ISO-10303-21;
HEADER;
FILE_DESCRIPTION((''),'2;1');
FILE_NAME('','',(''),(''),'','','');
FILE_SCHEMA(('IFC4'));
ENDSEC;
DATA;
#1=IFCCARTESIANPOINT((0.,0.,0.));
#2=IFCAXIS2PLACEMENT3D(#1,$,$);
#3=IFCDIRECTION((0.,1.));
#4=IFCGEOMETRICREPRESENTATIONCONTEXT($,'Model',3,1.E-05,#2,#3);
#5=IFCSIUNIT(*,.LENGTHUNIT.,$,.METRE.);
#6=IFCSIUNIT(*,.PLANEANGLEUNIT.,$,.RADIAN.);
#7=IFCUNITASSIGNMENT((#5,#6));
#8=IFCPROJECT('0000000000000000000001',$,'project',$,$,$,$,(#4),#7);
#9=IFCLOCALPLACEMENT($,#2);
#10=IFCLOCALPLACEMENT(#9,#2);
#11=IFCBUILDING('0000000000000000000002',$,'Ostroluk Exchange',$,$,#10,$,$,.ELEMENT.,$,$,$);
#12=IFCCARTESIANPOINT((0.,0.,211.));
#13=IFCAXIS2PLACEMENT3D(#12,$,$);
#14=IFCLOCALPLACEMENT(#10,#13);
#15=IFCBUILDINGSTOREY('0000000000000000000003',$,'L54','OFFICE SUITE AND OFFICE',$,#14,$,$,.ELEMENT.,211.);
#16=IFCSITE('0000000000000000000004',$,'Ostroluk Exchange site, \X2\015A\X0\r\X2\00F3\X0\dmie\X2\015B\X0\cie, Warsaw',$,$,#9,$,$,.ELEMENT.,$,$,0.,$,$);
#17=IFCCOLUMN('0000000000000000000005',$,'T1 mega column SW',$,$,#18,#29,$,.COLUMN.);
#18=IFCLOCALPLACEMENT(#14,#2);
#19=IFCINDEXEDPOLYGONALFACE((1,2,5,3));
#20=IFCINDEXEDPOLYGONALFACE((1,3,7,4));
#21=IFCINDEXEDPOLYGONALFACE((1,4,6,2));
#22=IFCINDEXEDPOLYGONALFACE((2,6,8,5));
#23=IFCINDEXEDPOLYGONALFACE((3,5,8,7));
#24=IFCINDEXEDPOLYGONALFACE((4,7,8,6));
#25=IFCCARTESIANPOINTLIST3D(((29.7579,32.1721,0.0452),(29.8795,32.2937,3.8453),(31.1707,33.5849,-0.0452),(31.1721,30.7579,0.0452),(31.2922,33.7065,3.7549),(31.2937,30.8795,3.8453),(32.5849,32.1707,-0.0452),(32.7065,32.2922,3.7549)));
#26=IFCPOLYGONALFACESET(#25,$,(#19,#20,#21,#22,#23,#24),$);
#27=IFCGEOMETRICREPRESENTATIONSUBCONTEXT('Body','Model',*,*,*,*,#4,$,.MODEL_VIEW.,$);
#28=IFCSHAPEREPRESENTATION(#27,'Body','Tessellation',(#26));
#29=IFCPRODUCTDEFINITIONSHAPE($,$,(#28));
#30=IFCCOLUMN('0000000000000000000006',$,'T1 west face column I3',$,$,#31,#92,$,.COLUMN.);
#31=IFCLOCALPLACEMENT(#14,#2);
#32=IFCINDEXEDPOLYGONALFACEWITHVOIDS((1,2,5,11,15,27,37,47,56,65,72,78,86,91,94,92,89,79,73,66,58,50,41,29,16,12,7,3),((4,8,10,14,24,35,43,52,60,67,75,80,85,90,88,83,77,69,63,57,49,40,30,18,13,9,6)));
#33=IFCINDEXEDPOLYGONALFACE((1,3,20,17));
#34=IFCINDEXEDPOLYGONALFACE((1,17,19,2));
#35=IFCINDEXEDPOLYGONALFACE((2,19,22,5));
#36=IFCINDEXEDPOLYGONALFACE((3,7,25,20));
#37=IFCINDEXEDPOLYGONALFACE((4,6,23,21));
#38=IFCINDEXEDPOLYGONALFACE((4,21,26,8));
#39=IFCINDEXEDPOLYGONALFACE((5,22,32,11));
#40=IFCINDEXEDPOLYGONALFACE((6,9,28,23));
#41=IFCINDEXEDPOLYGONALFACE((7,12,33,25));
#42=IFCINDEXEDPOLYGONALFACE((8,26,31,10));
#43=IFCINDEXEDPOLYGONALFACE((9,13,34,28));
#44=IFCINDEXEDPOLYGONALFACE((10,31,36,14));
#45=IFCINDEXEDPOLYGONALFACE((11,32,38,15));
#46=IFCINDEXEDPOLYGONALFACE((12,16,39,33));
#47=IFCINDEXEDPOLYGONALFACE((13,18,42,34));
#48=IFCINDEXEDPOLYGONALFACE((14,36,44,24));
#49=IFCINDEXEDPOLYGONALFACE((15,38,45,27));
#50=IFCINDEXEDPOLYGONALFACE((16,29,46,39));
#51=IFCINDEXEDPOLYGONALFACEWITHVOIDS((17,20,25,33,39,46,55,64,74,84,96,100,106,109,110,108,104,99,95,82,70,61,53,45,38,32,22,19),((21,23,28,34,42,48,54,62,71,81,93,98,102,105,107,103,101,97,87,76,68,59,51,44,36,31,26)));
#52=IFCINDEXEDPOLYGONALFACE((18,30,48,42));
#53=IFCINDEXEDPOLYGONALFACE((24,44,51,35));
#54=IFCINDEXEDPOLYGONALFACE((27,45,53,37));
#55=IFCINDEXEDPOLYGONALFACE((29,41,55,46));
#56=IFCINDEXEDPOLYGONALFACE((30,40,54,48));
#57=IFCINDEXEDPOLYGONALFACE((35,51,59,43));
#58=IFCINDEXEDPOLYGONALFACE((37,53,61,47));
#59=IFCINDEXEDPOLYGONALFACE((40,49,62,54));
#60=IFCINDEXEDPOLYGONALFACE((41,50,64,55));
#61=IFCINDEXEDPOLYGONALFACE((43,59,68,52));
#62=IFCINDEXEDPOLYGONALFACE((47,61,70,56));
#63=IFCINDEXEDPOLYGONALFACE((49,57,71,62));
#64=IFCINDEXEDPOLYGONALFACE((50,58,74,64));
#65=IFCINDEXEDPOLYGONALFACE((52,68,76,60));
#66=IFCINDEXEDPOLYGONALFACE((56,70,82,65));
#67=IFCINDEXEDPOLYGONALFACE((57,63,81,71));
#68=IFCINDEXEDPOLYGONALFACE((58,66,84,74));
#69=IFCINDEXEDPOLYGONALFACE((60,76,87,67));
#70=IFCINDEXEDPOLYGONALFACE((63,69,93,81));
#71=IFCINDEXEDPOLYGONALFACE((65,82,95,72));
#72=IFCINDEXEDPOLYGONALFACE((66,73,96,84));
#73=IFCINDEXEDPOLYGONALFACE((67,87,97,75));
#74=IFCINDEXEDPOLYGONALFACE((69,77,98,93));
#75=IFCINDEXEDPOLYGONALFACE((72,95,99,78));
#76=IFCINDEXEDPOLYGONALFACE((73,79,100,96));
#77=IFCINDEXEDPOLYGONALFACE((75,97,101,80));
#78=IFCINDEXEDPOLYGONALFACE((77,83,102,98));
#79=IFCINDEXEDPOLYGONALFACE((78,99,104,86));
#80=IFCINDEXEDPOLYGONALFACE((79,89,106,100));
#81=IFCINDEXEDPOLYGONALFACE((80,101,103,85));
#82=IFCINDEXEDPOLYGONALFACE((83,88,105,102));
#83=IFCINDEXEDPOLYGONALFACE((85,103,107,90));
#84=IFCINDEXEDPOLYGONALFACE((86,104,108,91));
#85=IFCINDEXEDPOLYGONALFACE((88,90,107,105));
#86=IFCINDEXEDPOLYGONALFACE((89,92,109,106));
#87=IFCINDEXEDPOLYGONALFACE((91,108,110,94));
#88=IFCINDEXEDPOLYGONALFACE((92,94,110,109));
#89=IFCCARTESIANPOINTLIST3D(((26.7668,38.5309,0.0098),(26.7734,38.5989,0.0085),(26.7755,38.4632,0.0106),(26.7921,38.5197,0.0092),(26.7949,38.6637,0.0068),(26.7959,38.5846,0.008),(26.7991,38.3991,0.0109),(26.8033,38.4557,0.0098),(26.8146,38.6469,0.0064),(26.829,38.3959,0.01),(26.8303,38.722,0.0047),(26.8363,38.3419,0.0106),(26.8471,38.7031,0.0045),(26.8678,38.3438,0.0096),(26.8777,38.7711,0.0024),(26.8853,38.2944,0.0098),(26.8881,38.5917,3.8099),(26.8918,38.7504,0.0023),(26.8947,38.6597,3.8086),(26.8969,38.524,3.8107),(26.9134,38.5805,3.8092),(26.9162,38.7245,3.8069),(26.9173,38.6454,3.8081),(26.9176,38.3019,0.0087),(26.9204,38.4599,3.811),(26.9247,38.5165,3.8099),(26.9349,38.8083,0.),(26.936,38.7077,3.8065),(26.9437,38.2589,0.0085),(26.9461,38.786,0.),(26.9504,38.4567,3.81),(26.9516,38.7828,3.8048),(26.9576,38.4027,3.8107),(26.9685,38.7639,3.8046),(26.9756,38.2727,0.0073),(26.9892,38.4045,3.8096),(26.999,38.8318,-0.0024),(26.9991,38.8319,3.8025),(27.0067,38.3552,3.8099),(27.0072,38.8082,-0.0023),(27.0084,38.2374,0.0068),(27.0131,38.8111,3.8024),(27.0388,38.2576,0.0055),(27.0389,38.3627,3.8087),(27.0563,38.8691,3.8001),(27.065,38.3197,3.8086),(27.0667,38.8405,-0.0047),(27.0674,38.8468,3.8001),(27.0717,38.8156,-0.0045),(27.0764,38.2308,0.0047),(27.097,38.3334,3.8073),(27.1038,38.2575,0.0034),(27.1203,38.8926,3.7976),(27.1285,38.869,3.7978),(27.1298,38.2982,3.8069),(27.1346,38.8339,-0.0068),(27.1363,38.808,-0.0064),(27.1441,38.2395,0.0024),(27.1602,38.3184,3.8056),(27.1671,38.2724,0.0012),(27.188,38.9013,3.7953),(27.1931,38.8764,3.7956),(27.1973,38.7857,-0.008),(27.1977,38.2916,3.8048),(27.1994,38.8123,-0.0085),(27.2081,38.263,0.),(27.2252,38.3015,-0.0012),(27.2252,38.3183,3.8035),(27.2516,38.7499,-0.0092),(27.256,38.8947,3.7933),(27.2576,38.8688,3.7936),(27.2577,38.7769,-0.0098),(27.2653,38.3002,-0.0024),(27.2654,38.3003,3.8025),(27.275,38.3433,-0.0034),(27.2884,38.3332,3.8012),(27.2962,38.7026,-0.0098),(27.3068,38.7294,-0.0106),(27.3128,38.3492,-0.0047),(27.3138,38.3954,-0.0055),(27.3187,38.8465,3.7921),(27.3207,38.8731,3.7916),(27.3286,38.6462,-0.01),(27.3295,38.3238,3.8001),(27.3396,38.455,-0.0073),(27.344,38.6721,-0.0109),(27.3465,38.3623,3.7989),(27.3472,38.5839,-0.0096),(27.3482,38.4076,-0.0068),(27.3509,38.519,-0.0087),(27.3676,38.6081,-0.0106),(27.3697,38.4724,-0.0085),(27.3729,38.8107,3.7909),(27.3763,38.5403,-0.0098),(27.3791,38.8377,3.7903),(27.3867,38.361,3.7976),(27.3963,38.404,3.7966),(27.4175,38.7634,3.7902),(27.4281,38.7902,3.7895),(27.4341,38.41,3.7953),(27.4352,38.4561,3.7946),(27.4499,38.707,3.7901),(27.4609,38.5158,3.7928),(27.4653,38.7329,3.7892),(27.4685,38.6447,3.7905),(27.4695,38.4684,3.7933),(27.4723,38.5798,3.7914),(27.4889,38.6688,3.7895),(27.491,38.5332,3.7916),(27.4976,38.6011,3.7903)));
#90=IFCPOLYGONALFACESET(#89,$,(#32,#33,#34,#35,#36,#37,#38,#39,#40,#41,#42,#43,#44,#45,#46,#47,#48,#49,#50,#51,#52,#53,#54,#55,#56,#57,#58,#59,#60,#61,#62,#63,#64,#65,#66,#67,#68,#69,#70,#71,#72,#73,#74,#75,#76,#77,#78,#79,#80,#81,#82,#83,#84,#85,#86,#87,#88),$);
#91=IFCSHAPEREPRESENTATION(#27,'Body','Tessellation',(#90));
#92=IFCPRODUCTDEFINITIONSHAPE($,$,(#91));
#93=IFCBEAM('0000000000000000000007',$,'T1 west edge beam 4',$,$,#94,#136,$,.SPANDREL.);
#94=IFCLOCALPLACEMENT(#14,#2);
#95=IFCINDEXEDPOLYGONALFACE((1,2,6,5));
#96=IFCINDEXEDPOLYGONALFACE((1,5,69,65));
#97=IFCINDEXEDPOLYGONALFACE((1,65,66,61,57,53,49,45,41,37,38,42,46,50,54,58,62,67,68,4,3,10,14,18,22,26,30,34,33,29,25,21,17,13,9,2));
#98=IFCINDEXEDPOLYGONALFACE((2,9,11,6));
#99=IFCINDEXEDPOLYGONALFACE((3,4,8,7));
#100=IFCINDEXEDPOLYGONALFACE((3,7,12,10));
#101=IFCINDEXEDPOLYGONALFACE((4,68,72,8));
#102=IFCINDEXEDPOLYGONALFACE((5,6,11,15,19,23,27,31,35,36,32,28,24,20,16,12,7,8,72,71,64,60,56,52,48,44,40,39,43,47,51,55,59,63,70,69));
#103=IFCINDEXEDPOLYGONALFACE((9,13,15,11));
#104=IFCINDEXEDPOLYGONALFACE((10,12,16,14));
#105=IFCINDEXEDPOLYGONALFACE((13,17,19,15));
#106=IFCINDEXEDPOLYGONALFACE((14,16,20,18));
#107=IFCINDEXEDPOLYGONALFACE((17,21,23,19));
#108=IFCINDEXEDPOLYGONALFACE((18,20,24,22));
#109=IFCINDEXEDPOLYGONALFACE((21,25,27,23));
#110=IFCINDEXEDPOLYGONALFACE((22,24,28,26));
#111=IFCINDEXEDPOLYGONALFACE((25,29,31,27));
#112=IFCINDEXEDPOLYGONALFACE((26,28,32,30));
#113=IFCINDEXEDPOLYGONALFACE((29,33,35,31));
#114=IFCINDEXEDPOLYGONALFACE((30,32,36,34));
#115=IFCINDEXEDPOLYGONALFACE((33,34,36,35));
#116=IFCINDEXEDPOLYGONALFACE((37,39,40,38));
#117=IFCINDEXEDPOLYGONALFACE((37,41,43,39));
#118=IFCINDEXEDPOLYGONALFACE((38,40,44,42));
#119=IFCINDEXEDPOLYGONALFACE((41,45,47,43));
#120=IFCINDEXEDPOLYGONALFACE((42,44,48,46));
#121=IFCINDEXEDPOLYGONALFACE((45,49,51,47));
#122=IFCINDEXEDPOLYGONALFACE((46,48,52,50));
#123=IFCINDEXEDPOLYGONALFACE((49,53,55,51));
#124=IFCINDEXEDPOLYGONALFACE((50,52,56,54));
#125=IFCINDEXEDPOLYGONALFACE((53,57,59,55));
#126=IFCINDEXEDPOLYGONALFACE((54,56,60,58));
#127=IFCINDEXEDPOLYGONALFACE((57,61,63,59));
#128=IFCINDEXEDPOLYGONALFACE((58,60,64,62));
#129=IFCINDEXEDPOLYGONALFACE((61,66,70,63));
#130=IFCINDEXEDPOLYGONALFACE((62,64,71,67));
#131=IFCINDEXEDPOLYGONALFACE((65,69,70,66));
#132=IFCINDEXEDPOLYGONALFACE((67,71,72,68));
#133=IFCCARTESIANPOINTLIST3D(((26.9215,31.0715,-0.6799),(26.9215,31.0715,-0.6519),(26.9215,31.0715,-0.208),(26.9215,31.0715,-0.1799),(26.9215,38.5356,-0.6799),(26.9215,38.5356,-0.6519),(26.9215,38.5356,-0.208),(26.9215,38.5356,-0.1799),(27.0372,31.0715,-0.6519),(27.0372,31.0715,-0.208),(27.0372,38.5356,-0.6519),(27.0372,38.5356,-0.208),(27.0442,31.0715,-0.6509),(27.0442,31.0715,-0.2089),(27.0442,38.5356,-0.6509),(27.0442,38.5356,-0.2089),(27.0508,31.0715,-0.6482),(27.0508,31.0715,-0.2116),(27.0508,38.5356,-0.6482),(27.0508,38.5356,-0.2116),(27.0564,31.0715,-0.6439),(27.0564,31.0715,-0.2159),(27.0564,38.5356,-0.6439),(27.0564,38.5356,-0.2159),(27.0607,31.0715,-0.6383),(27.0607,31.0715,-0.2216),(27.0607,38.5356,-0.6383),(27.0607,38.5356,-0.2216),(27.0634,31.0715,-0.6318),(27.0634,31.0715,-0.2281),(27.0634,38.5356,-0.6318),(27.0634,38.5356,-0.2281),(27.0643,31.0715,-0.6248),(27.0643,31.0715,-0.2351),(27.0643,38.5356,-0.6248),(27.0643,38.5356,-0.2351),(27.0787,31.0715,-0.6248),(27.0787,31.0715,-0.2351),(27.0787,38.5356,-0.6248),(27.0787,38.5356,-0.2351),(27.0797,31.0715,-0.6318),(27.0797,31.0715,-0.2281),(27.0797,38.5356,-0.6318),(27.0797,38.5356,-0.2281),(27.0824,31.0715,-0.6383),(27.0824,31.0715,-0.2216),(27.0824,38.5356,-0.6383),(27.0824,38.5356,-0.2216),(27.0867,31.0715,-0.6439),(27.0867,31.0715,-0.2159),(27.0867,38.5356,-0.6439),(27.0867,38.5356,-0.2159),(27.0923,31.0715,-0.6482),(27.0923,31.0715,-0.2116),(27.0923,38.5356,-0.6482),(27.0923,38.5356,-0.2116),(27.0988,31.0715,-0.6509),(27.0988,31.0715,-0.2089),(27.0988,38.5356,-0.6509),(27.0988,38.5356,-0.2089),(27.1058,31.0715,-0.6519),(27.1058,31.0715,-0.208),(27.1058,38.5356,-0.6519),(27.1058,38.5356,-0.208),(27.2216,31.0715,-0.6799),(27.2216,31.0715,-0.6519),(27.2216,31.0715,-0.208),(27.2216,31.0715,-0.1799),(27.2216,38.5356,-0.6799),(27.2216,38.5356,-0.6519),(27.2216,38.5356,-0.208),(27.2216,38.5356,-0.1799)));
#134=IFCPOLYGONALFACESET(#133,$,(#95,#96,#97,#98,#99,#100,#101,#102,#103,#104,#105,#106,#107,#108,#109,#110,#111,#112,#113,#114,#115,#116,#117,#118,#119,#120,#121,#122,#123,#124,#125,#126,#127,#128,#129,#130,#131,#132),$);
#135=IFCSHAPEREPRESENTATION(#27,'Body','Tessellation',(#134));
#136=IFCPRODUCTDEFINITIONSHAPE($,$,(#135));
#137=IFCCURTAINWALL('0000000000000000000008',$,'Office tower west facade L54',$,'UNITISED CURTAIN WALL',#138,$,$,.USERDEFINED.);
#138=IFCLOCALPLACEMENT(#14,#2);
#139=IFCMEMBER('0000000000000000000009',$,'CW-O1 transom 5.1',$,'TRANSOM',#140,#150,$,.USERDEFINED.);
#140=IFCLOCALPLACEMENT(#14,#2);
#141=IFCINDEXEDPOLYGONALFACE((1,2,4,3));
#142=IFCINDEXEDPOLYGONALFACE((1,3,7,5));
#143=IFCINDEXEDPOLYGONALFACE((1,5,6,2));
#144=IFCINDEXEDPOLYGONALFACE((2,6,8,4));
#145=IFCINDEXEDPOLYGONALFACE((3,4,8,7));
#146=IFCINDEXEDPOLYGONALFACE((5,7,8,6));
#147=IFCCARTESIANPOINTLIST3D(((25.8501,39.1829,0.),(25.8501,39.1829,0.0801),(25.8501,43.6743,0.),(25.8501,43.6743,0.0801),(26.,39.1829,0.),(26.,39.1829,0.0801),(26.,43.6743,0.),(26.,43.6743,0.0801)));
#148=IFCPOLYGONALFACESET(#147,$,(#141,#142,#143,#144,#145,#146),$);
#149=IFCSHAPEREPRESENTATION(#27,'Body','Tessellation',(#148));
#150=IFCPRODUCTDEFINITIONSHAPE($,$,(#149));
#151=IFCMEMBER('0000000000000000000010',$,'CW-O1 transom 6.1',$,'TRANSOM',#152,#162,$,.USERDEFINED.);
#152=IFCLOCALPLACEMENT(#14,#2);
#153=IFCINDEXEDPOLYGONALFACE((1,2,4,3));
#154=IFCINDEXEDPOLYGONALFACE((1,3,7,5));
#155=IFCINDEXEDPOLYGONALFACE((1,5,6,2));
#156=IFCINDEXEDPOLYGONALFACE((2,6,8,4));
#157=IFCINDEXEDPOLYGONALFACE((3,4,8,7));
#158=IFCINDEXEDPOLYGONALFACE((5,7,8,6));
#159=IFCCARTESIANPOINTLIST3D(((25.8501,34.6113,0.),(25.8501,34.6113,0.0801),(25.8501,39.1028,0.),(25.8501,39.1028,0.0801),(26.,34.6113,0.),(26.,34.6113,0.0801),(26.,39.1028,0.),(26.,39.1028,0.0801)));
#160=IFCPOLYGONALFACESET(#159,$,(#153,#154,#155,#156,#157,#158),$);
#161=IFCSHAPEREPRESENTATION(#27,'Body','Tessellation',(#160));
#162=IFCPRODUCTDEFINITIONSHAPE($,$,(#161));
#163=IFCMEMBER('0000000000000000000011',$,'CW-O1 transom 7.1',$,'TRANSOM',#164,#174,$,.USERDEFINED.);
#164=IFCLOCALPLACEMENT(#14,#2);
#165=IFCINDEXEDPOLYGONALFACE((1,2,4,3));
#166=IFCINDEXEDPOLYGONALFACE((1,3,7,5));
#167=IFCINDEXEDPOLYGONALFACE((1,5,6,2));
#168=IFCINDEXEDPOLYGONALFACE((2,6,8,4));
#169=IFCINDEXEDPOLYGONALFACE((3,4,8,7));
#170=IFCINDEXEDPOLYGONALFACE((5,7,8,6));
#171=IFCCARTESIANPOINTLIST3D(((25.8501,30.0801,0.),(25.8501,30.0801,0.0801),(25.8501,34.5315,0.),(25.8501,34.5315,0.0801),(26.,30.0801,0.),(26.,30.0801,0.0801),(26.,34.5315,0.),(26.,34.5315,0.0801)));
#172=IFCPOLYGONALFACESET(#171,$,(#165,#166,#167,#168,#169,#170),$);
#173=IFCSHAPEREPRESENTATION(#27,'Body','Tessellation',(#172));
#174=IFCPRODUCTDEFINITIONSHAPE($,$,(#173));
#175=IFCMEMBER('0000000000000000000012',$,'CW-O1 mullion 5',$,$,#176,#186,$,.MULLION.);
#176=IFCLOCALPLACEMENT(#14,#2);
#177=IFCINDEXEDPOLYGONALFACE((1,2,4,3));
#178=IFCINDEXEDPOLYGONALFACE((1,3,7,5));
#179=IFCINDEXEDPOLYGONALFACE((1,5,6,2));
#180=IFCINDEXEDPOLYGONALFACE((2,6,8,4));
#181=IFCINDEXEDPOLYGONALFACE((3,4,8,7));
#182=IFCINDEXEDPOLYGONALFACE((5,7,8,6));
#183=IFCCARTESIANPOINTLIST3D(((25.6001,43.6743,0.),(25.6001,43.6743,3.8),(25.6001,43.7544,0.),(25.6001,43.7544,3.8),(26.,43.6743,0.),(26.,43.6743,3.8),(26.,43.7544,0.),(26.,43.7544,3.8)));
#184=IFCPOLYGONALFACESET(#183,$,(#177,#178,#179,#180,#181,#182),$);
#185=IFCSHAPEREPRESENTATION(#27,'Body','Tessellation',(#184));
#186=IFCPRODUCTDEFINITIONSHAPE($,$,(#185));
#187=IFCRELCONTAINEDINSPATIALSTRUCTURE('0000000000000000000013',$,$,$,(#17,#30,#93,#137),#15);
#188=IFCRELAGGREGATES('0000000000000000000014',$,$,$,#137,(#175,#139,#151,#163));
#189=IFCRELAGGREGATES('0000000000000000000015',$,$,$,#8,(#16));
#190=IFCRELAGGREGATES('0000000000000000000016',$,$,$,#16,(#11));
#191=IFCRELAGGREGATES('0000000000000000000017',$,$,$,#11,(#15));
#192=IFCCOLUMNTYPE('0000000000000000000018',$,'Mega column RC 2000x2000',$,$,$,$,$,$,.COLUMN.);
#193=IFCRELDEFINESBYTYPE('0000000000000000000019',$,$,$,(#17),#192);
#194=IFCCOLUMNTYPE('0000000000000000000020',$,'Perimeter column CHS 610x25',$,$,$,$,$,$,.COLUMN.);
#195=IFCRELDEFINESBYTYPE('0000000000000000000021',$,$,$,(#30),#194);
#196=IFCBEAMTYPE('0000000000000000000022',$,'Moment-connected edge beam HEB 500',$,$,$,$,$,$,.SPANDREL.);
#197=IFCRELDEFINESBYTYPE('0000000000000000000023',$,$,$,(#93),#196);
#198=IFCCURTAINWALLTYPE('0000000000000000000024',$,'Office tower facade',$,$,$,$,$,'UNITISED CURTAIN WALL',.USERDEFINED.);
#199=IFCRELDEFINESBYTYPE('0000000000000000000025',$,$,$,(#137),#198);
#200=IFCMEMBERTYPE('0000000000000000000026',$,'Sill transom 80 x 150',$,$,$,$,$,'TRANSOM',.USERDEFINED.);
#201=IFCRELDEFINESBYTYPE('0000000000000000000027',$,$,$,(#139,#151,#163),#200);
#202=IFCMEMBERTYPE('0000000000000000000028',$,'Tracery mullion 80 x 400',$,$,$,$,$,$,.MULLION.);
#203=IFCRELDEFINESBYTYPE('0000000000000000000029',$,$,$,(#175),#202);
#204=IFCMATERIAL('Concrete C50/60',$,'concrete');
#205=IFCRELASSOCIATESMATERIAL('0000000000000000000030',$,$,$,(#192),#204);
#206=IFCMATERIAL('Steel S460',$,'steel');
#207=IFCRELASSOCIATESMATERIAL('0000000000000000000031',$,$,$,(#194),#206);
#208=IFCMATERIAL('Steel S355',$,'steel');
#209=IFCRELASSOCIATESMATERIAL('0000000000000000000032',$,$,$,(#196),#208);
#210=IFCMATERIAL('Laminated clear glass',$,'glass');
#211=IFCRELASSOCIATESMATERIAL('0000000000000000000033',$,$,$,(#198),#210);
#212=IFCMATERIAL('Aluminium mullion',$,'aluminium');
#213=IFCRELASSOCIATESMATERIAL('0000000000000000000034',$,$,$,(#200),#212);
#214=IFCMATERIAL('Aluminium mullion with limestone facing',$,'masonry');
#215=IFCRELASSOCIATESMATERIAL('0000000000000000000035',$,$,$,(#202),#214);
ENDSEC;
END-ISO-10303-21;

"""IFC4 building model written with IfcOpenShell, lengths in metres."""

from ifc_helpers import new_model, si_unit, direction, frame, origin, origin_2d, place, context, subcontext, project, spatial, rectangle, hollow_circle, i_section, extrude, material, material_profile, profile_set, type_object, element, aggregate, save


model = new_model("IFC4")

# Units and contexts
model_context = context("Model", 3, precision=1e-05, world=origin(), true_north=direction((0.0, 1.0)))
body_context = subcontext(model_context, "Body", "Model", "MODEL_VIEW")
ifc_project = project(units=[si_unit("LENGTHUNIT", "METRE"), si_unit("PLANEANGLEUNIT", "RADIAN")], contexts=[model_context])

# Site, building, storey
site_placement = place(None, origin())
site = spatial("IfcSite", under=ifc_project, at=site_placement, Name="Ostroluk Exchange site, Śródmieście, Warsaw", CompositionType="ELEMENT", RefElevation=0.0)
building_placement = place(site_placement, origin())
building = spatial("IfcBuilding", under=site, at=building_placement, Name="Ostroluk Exchange", CompositionType="ELEMENT")
storey_placement = place(building_placement, frame((0.0, 0.0, 211.0)))
storey = spatial("IfcBuildingStorey", under=building, at=storey_placement, Name="L54", Description="OFFICE SUITE AND OFFICE", CompositionType="ELEMENT", Elevation=211.0)

# Columns
ifc_material_1 = material(Name="Concrete C50/60", Category="concrete")
ifc_material_profile_1 = material_profile(ifc_material_1, rectangle(XDim=2.0, YDim=2.0, at=origin_2d()), Name="RC 2000x2000")
ifc_profile_set_1 = profile_set([ifc_material_profile_1], Name="Concrete C50/60")
column_type_1 = type_object("IfcColumnType", Name="Mega column RC 2000x2000", PredefinedType="COLUMN", material=ifc_profile_set_1)
column_1_placement = place(storey_placement, frame((31.1714, 32.1714, 0.0), z_axis=(0.031962, 0.031962, 0.998978), x_axis=(-0.707107, 0.707107, 0.0)))
element("IfcColumn", 1, at=column_1_placement, inside=storey, type_object=column_type_1, Name="T1 mega column SW", PredefinedType="COLUMN", context=body_context, shape_type="SweptSolid", body=[
    extrude(rectangle(XDim=2.0, YDim=2.0, at=origin_2d()), origin(), (0.0, 0.0, 1.0), 3.804),
])
ifc_material_2 = material(Name="Steel S460", Category="steel")
ifc_material_profile_2 = material_profile(ifc_material_2, hollow_circle(Radius=0.3049, WallThickness=0.0249, at=origin_2d()), Name="CHS 610x25")
ifc_profile_set_2 = profile_set([ifc_material_profile_2], Name="Steel S460")
column_type_2 = type_object("IfcColumnType", Name="Perimeter column CHS 610x25", PredefinedType="COLUMN", material=ifc_profile_set_2)
column_2_placement = place(storey_placement, frame((27.0715, 38.5356, 0.0), z_axis=(0.03191, 0.015987, 0.999363), x_axis=(-0.447933, 0.894067, 0.0)))
element("IfcColumn", 2, at=column_2_placement, inside=storey, type_object=column_type_2, Name="T1 west face column I3", PredefinedType="COLUMN", context=body_context, shape_type="SweptSolid", body=[
    extrude(hollow_circle(Radius=0.3049, WallThickness=0.0249, at=origin_2d()), origin(), (0.0, 0.0, 1.0), 3.8025),
])

# Beam
ifc_material_3 = material(Name="Steel S355", Category="steel")
ifc_material_profile_3 = material_profile(ifc_material_3, i_section(OverallWidth=0.3, OverallDepth=0.5, WebThickness=0.0144, FlangeThickness=0.0281, FilletRadius=0.0271, at=origin_2d()), Name="HEB 500")
ifc_profile_set_3 = profile_set([ifc_material_profile_3], Name="Steel S355")
beam_type = type_object("IfcBeamType", Name="Moment-connected edge beam HEB 500", PredefinedType="SPANDREL", material=ifc_profile_set_3)
beam_placement = place(storey_placement, frame((27.0715, 38.5356, -0.4299), z_axis=(0.0, -1.0, 0.0), x_axis=(1.0, 0.0, 0.0)))
element("IfcBeam", 3, at=beam_placement, inside=storey, type_object=beam_type, Name="T1 west edge beam 4", PredefinedType="SPANDREL", context=body_context, shape_type="SweptSolid", body=[
    extrude(i_section(OverallWidth=0.3, OverallDepth=0.5, WebThickness=0.0144, FlangeThickness=0.0281, FilletRadius=0.0271, at=origin_2d()), origin(), (0.0, 0.0, 1.0), 7.4641),
])

# Curtain wall, members
ifc_material_4 = material(Name="Laminated clear glass", Category="glass")
curtain_wall_type = type_object("IfcCurtainWallType", Name="Office tower facade", ElementType="UNITISED CURTAIN WALL", PredefinedType="USERDEFINED", material=ifc_material_4)
curtain_wall_placement = place(storey_placement, origin())
curtain_wall = element("IfcCurtainWall", 4, at=curtain_wall_placement, inside=storey, type_object=curtain_wall_type, Name="Office tower west facade L54", ObjectType="UNITISED CURTAIN WALL", PredefinedType="USERDEFINED")
ifc_material_5 = material(Name="Aluminium mullion", Category="aluminium")
ifc_material_profile_4 = material_profile(ifc_material_5, rectangle(XDim=0.1499, YDim=0.0801, at=origin_2d()), Name="Sill transom 80 x 150")
ifc_profile_set_4 = profile_set([ifc_material_profile_4], Name="Aluminium mullion")
member_type_1 = type_object("IfcMemberType", Name="Sill transom 80 x 150", ElementType="TRANSOM", PredefinedType="USERDEFINED", material=ifc_profile_set_4)
member_1_placement = place(storey_placement, frame((25.925, 43.6743, 0.04), z_axis=(0.0, -1.0, 0.0), x_axis=(1.0, 0.0, 0.0)))
member_1 = element("IfcMember", 5, at=member_1_placement, type_object=member_type_1, Name="CW-O1 transom 5.1", ObjectType="TRANSOM", PredefinedType="USERDEFINED", context=body_context, shape_type="SweptSolid", body=[
    extrude(rectangle(XDim=0.1499, YDim=0.0801, at=origin_2d()), origin(), (0.0, 0.0, 1.0), 4.4915),
])
member_2_placement = place(storey_placement, frame((25.925, 39.1028, 0.04), z_axis=(0.0, -1.0, 0.0), x_axis=(1.0, 0.0, 0.0)))
member_2 = element("IfcMember", 6, at=member_2_placement, type_object=member_type_1, Name="CW-O1 transom 6.1", ObjectType="TRANSOM", PredefinedType="USERDEFINED", context=body_context, shape_type="SweptSolid", body=[
    extrude(rectangle(XDim=0.1499, YDim=0.0801, at=origin_2d()), origin(), (0.0, 0.0, 1.0), 4.4915),
])
member_3_placement = place(storey_placement, frame((25.925, 34.5315, 0.04), z_axis=(0.0, -1.0, 0.0), x_axis=(1.0, 0.0, 0.0)))
member_3 = element("IfcMember", 7, at=member_3_placement, type_object=member_type_1, Name="CW-O1 transom 7.1", ObjectType="TRANSOM", PredefinedType="USERDEFINED", context=body_context, shape_type="SweptSolid", body=[
    extrude(rectangle(XDim=0.1499, YDim=0.0801, at=origin_2d()), origin(), (0.0, 0.0, 1.0), 4.4514),
])
ifc_material_6 = material(Name="Aluminium mullion with limestone facing", Category="masonry")
ifc_material_profile_5 = material_profile(ifc_material_6, rectangle(XDim=0.3999, YDim=0.0801, at=origin_2d()), Name="Tracery mullion 80 x 400")
ifc_profile_set_5 = profile_set([ifc_material_profile_5], Name="Aluminium mullion with limestone facing")
member_type_2 = type_object("IfcMemberType", Name="Tracery mullion 80 x 400", PredefinedType="MULLION", material=ifc_profile_set_5)
member_4_placement = place(storey_placement, frame((25.8, 43.7144, 0.0), z_axis=(0.0, 0.0, 1.0), x_axis=(1.0, 0.0, 0.0)))
member_4 = element("IfcMember", 8, at=member_4_placement, type_object=member_type_2, Name="CW-O1 mullion 5", PredefinedType="MULLION", context=body_context, shape_type="SweptSolid", body=[
    extrude(rectangle(XDim=0.3999, YDim=0.0801, at=origin_2d()), origin(), (0.0, 0.0, 1.0), 3.8),
])
aggregate(curtain_wall, [member_4, member_1, member_2, member_3])

save(model, "model.ifc")
